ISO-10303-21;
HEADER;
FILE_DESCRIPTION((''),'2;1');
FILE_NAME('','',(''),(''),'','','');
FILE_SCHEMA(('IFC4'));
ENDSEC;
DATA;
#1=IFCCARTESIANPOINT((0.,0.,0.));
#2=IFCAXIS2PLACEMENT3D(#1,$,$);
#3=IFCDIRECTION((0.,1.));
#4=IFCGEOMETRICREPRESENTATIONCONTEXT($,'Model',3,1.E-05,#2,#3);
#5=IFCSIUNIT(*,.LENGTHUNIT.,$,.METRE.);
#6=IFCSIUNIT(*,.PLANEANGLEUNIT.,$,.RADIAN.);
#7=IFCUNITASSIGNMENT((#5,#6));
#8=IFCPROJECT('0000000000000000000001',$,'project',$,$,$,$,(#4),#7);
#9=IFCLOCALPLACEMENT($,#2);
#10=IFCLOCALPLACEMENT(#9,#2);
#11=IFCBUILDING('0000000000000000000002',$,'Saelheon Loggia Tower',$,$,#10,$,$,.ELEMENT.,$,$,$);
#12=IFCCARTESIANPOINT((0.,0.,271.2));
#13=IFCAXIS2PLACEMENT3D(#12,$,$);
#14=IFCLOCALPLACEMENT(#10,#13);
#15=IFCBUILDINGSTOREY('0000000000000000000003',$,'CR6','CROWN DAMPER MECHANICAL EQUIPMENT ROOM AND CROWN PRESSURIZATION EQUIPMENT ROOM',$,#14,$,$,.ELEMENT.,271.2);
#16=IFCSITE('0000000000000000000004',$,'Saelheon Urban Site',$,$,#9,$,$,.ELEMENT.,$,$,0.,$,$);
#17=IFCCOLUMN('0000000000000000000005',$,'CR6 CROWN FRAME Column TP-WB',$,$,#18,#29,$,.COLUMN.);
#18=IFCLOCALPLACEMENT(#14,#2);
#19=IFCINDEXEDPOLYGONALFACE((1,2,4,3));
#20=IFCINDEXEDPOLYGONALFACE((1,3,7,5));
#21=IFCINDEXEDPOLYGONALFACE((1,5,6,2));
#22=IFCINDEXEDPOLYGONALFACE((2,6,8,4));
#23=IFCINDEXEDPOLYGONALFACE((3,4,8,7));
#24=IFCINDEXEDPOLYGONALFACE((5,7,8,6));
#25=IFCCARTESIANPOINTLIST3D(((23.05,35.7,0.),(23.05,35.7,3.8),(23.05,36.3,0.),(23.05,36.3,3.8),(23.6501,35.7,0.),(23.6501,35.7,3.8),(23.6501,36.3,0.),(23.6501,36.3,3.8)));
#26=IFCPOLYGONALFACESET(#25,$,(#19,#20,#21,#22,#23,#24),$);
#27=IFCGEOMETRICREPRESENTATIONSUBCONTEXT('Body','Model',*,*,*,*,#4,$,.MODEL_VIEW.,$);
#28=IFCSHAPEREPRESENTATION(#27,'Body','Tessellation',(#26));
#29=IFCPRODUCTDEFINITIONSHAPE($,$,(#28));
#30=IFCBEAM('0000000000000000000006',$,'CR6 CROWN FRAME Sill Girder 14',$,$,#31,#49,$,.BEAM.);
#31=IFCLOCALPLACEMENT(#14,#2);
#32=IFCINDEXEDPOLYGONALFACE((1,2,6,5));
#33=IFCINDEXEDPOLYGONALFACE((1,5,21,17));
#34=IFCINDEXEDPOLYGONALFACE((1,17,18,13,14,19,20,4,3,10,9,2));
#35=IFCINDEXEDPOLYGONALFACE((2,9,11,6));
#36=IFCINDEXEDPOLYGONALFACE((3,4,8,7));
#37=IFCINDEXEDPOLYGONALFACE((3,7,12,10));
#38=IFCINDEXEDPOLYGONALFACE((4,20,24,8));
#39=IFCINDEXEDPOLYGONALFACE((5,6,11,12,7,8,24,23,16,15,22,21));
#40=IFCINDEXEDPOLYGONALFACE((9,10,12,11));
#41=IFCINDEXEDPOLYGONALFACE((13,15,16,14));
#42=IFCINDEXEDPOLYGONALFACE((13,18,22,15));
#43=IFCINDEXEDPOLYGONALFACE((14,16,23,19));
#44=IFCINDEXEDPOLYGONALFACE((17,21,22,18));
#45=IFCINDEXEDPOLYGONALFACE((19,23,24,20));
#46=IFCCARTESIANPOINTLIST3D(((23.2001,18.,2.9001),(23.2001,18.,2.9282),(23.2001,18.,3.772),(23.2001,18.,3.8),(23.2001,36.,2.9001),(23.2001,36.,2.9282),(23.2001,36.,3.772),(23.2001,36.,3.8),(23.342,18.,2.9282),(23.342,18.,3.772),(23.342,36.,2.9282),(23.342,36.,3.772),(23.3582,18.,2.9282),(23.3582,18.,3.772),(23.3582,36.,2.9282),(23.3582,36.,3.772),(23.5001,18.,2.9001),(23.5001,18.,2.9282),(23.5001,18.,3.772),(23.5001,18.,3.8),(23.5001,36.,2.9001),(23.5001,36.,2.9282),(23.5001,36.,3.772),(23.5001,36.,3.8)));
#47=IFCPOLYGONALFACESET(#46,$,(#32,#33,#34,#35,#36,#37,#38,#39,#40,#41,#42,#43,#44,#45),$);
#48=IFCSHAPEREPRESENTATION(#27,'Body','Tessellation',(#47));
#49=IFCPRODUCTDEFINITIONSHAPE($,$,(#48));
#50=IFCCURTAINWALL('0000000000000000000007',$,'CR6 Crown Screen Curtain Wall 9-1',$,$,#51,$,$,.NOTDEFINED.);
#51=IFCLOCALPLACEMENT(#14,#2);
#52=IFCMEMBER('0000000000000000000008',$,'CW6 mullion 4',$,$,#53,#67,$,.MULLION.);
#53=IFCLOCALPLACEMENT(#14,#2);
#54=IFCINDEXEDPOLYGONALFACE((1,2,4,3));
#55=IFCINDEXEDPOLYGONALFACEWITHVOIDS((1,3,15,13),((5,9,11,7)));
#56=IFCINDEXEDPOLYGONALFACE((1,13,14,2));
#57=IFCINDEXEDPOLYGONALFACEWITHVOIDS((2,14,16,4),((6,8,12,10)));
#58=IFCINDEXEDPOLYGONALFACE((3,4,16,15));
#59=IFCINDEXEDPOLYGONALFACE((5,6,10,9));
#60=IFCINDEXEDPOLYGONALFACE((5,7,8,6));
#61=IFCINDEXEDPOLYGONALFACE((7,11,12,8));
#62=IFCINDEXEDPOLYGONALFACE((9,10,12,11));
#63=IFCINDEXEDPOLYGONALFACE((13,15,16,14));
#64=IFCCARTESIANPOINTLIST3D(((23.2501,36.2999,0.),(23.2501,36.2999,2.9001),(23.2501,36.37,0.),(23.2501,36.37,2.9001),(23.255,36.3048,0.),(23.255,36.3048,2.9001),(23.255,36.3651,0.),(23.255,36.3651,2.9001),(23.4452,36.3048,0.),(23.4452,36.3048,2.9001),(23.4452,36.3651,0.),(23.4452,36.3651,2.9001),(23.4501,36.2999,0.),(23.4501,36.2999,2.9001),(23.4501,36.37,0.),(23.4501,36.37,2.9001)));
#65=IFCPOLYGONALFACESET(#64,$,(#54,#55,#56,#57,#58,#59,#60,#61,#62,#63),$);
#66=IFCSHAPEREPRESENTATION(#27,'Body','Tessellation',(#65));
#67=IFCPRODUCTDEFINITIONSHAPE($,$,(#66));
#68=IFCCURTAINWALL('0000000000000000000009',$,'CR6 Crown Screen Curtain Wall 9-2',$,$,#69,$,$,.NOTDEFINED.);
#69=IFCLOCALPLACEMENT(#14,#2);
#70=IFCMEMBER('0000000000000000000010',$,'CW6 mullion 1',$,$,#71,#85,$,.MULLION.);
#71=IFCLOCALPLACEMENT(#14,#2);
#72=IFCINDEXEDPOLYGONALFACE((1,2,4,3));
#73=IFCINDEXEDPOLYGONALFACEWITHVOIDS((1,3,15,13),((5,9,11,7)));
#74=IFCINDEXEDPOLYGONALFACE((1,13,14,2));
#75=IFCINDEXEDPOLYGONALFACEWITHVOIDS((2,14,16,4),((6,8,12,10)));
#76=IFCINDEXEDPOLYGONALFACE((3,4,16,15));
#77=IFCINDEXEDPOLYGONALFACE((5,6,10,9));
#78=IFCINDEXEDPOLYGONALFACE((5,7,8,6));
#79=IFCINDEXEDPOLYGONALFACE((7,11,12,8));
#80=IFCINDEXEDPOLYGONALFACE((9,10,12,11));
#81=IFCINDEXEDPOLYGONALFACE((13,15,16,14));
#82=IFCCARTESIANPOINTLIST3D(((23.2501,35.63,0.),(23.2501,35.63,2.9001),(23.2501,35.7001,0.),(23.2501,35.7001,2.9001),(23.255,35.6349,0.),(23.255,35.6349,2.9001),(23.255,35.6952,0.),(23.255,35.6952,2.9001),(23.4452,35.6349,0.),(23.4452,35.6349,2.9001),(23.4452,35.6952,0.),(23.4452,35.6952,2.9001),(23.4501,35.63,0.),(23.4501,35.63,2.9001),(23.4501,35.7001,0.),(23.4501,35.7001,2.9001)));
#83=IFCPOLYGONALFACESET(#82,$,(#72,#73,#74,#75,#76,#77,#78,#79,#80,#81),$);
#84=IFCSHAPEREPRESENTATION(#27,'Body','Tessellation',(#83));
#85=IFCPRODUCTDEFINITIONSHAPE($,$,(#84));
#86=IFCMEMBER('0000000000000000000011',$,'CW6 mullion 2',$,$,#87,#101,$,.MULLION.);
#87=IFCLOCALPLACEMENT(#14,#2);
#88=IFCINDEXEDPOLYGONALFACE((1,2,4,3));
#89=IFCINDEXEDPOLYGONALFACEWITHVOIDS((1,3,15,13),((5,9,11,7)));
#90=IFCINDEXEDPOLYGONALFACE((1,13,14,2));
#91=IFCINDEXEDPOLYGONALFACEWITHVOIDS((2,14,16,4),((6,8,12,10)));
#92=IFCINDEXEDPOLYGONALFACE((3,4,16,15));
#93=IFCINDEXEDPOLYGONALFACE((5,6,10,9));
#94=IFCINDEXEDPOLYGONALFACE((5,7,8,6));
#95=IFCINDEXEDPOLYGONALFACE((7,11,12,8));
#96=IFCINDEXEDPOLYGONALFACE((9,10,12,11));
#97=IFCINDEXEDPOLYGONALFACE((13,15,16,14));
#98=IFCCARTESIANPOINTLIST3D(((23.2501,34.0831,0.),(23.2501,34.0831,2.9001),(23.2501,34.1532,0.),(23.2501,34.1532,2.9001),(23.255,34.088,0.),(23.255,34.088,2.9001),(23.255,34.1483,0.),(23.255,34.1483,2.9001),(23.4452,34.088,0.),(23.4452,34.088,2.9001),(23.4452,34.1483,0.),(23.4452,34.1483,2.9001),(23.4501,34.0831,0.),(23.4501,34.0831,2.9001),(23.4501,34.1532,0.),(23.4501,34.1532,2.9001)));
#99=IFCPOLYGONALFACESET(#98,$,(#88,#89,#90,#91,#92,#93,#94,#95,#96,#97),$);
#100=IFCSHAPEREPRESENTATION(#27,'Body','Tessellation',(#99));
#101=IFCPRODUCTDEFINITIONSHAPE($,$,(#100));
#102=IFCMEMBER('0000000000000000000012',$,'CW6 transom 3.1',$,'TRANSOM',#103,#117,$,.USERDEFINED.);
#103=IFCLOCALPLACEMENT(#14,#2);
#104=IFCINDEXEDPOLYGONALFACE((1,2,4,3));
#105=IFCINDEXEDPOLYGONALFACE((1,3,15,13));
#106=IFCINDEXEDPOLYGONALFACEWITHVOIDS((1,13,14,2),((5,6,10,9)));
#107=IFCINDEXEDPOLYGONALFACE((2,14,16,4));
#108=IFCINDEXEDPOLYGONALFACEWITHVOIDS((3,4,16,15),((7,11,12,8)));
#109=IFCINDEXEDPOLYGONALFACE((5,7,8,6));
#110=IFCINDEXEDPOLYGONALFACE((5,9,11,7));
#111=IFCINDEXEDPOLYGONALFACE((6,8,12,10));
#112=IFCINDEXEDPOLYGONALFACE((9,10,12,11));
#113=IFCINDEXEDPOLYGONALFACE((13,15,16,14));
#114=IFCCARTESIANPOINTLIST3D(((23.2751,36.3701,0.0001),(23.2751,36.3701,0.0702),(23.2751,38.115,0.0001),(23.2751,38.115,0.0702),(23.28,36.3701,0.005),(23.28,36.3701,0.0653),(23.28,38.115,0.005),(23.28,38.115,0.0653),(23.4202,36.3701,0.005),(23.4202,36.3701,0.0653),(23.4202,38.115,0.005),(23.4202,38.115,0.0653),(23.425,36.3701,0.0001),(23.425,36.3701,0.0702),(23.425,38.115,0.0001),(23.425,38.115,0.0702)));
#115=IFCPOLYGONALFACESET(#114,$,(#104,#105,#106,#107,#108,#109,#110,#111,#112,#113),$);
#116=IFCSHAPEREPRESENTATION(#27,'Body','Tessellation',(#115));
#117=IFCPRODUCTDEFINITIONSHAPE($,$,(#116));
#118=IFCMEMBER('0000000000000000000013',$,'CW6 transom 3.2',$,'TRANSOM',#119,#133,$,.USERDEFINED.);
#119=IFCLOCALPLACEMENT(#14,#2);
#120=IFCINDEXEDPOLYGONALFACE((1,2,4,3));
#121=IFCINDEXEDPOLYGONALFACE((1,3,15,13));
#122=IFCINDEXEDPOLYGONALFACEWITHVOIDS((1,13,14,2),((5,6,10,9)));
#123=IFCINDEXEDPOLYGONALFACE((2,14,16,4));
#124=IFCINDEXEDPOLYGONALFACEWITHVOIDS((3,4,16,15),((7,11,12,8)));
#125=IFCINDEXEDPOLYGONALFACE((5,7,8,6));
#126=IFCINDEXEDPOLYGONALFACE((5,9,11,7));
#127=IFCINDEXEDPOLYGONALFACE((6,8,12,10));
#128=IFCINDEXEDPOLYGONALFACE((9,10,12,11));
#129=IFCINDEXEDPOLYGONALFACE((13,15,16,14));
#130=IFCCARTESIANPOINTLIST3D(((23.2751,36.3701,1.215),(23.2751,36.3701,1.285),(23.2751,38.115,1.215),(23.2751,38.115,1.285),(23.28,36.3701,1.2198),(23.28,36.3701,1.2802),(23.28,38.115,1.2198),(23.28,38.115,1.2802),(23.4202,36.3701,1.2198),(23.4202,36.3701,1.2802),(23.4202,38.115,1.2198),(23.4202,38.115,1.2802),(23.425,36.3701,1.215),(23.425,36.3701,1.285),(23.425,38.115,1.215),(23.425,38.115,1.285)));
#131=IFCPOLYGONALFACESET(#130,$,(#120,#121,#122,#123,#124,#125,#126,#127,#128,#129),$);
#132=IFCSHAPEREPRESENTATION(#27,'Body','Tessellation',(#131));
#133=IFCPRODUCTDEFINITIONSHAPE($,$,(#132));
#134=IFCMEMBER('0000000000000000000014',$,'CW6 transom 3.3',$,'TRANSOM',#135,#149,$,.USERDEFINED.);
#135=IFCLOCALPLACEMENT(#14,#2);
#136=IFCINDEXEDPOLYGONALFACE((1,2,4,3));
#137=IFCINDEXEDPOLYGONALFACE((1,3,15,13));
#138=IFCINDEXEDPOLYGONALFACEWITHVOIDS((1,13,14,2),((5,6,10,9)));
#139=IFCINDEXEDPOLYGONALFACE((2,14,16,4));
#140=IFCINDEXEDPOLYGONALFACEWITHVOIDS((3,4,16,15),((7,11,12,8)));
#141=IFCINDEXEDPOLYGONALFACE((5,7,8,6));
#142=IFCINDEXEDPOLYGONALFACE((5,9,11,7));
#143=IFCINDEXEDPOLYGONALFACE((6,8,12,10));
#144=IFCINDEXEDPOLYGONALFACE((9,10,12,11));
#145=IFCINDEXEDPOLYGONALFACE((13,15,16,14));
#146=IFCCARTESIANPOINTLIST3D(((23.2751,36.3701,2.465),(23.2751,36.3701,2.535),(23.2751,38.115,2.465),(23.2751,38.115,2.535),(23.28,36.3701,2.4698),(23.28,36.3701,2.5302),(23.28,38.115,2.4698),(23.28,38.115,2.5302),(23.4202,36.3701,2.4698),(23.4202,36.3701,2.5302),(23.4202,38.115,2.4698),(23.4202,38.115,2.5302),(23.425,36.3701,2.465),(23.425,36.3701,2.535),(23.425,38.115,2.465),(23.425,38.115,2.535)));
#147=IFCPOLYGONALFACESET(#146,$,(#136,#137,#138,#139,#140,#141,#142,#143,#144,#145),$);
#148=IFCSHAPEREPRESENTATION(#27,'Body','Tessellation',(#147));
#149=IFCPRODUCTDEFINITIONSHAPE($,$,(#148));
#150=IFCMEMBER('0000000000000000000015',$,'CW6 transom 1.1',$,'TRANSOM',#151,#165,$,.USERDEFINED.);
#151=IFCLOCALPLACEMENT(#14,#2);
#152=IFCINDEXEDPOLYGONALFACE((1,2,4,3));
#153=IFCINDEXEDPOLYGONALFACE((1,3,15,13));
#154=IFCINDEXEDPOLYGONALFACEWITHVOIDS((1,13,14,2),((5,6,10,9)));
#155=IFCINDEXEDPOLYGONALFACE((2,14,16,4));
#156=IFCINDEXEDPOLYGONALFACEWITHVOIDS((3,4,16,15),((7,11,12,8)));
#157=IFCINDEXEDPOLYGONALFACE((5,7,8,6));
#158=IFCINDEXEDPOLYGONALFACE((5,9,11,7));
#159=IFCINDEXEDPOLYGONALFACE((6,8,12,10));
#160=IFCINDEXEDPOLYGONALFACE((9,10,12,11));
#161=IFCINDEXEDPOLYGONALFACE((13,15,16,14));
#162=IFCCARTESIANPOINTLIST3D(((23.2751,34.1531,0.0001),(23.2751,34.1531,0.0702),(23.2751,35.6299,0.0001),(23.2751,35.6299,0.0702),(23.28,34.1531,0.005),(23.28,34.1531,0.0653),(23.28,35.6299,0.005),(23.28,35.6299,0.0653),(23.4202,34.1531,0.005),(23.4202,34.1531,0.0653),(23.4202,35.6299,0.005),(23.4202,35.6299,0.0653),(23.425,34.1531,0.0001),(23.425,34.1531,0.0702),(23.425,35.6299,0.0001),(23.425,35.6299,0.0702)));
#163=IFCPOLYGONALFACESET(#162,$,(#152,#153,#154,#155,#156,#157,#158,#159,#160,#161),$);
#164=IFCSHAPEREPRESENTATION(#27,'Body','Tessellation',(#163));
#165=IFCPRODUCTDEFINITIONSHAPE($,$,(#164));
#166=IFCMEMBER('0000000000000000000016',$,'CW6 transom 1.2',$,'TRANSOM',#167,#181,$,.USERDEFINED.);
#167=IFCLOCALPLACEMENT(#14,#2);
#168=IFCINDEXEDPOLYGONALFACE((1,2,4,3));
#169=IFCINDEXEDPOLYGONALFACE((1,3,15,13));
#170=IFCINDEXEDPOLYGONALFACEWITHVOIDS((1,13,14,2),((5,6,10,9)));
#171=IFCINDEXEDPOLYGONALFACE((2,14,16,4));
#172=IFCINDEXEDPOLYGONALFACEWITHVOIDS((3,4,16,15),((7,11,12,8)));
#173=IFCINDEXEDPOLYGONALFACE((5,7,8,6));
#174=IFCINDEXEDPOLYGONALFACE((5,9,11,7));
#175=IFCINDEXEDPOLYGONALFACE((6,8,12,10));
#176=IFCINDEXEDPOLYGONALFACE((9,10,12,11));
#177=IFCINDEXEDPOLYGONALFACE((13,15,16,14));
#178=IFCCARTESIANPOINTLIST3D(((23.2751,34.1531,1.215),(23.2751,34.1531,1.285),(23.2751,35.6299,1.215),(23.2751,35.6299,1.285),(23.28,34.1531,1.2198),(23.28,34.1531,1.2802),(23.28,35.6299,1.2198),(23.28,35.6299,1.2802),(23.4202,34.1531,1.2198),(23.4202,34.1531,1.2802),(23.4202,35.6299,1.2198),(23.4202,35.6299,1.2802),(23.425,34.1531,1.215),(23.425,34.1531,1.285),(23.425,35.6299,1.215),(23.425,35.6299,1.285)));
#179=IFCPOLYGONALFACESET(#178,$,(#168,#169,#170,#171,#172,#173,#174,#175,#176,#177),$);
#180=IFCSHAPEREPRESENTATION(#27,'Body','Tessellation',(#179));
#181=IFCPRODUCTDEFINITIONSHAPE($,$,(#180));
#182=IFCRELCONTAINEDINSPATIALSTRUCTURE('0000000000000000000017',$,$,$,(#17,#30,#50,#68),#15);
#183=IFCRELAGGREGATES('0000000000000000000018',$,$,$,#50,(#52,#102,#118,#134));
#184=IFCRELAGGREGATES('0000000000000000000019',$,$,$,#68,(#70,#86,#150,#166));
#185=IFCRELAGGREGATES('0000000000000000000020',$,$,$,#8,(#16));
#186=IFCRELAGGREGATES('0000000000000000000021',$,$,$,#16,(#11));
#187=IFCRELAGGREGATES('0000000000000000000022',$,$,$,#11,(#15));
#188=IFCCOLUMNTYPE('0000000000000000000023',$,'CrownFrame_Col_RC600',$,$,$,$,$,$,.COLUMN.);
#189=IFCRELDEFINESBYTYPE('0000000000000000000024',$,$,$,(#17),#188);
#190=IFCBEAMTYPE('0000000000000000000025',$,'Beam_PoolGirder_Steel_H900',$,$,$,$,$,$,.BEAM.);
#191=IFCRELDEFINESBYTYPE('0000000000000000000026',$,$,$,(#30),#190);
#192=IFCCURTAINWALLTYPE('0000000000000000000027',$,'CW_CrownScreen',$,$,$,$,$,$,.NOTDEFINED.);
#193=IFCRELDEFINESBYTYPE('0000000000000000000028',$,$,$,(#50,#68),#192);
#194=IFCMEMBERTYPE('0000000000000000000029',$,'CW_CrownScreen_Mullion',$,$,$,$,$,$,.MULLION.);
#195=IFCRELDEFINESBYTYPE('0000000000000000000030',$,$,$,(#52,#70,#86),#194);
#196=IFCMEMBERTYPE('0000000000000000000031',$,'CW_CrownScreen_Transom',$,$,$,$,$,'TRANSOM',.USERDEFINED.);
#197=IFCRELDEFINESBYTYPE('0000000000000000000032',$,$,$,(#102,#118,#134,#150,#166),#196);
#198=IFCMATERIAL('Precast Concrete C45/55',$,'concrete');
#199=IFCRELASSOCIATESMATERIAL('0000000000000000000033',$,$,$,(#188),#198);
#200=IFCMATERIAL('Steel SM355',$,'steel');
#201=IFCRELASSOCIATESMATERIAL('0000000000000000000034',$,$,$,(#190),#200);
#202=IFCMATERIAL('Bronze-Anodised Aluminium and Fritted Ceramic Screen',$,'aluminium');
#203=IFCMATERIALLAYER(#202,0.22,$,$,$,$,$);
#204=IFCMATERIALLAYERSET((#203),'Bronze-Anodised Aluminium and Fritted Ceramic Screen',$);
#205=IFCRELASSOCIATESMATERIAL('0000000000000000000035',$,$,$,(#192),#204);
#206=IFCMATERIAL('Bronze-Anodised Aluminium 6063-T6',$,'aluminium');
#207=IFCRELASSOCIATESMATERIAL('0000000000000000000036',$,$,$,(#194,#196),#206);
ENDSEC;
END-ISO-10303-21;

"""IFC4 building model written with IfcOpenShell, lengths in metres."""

from ifc_helpers import new_model, si_unit, direction, frame, origin, origin_2d, place, context, subcontext, project, spatial, rectangle, hollow_rectangle, i_section, extrude, source, transform, mapped, material, layer, layer_set, material_profile, profile_set, type_object, element, aggregate, save


model = new_model("IFC4")

# Units and contexts
model_context = context("Model", 3, precision=1e-05, world=origin(), true_north=direction((0.0, 1.0)))
body_context = subcontext(model_context, "Body", "Model", "MODEL_VIEW")
ifc_project = project(units=[si_unit("LENGTHUNIT", "METRE"), si_unit("PLANEANGLEUNIT", "RADIAN")], contexts=[model_context])

# Site, building, storey
site_placement = place(None, origin())
site = spatial("IfcSite", under=ifc_project, at=site_placement, Name="Saelheon Urban Site", CompositionType="ELEMENT", RefElevation=0.0)
building_placement = place(site_placement, origin())
building = spatial("IfcBuilding", under=site, at=building_placement, Name="Saelheon Loggia Tower", CompositionType="ELEMENT")
storey_placement = place(building_placement, frame((0.0, 0.0, 271.2)))
storey = spatial("IfcBuildingStorey", under=building, at=storey_placement, Name="CR6", Description="CROWN DAMPER MECHANICAL EQUIPMENT ROOM AND CROWN PRESSURIZATION EQUIPMENT ROOM", CompositionType="ELEMENT", Elevation=271.2)

# Column
ifc_material_1 = material(Name="Precast Concrete C45/55", Category="concrete")
ifc_material_profile_1 = material_profile(ifc_material_1, rectangle(XDim=0.6001, YDim=0.6001, at=origin_2d()), Name="RC-600x600")
ifc_profile_set_1 = profile_set([ifc_material_profile_1], Name="Precast Concrete C45/55")
column_type = type_object("IfcColumnType", Name="CrownFrame_Col_RC600", PredefinedType="COLUMN", material=ifc_profile_set_1)
shared_shape_1 = source(origin(), body_context, "Body", "SweptSolid", [
    extrude(rectangle(XDim=0.6001, YDim=0.6001, at=origin_2d()), origin(), (0.0, 0.0, 1.0), 3.8),
])
column_placement = place(storey_placement, frame((23.3501, 36.0, 0.0), z_axis=(0.0, 0.0, 1.0), x_axis=(1.0, 0.0, 0.0)))
element("IfcColumn", 1, at=column_placement, inside=storey, type_object=column_type, Name="CR6 CROWN FRAME Column TP-WB", PredefinedType="COLUMN", context=body_context, shape_type="MappedRepresentation", body=[
    mapped(shared_shape_1, transform((0.0, 0.0, 0.0), scale=1.0)),
])

# Beam
ifc_material_2 = material(Name="Steel SM355", Category="steel")
ifc_material_profile_2 = material_profile(ifc_material_2, i_section(OverallWidth=0.3, OverallDepth=0.8999, WebThickness=0.0161, FlangeThickness=0.0281, at=origin_2d()), Name="H-900x300x16x28")
ifc_profile_set_2 = profile_set([ifc_material_profile_2], Name="Steel SM355")
beam_type = type_object("IfcBeamType", Name="Beam_PoolGirder_Steel_H900", PredefinedType="BEAM", material=ifc_profile_set_2)
shared_shape_2 = source(origin(), body_context, "Body", "SweptSolid", [
    extrude(i_section(OverallWidth=0.3, OverallDepth=0.8999, WebThickness=0.0161, FlangeThickness=0.0281, at=origin_2d()), origin(), (0.0, 0.0, 1.0), 18.0),
])
beam_placement = place(storey_placement, frame((23.3501, 36.0, 3.3501), z_axis=(0.0, -1.0, 0.0), x_axis=(1.0, 0.0, 0.0)))
element("IfcBeam", 2, at=beam_placement, inside=storey, type_object=beam_type, Name="CR6 CROWN FRAME Sill Girder 14", PredefinedType="BEAM", context=body_context, shape_type="MappedRepresentation", body=[
    mapped(shared_shape_2, transform((0.0, 0.0, 0.0), scale=1.0)),
])

# Curtain wall, member
ifc_material_3 = material(Name="Bronze-Anodised Aluminium and Fritted Ceramic Screen", Category="aluminium")
ifc_layer_1 = layer(ifc_material_3, 0.22)
ifc_layer_set_1 = layer_set([ifc_layer_1], Name="Bronze-Anodised Aluminium and Fritted Ceramic Screen")
curtain_wall_type = type_object("IfcCurtainWallType", Name="CW_CrownScreen", PredefinedType="NOTDEFINED", material=ifc_layer_set_1)
curtain_wall_1_placement = place(storey_placement, origin())
curtain_wall_1 = element("IfcCurtainWall", 3, at=curtain_wall_1_placement, inside=storey, type_object=curtain_wall_type, Name="CR6 Crown Screen Curtain Wall 9-1", PredefinedType="NOTDEFINED")
ifc_material_4 = material(Name="Bronze-Anodised Aluminium 6063-T6", Category="aluminium")
ifc_material_profile_3 = material_profile(ifc_material_4, hollow_rectangle(XDim=0.0701, YDim=0.2, WallThickness=0.0049, at=origin_2d()), Name="RHS-200x70x5")
ifc_profile_set_3 = profile_set([ifc_material_profile_3], Name="Bronze-Anodised Aluminium 6063-T6")
member_type_1 = type_object("IfcMemberType", Name="CW_CrownScreen_Mullion", PredefinedType="MULLION", material=ifc_profile_set_3)
shared_shape_3 = source(origin(), body_context, "Body", "SweptSolid", [
    extrude(hollow_rectangle(XDim=0.0701, YDim=0.2, WallThickness=0.0049, at=origin_2d()), origin(), (0.0, 0.0, 1.0), 2.9001),
])
member_1_placement = place(storey_placement, frame((23.3501, 36.335, 0.0), z_axis=(0.0, 0.0, 1.0), x_axis=(0.0, -1.0, 0.0)))
member_1 = element("IfcMember", 4, at=member_1_placement, type_object=member_type_1, Name="CW6 mullion 4", PredefinedType="MULLION", context=body_context, shape_type="MappedRepresentation", body=[
    mapped(shared_shape_3, transform((0.0, 0.0, 0.0), scale=1.0)),
])

# Curtain wall, members
curtain_wall_2_placement = place(storey_placement, origin())
curtain_wall_2 = element("IfcCurtainWall", 5, at=curtain_wall_2_placement, inside=storey, type_object=curtain_wall_type, Name="CR6 Crown Screen Curtain Wall 9-2", PredefinedType="NOTDEFINED")
member_2_placement = place(storey_placement, frame((23.3501, 35.665, 0.0), z_axis=(0.0, 0.0, 1.0), x_axis=(0.0, -1.0, 0.0)))
member_2 = element("IfcMember", 6, at=member_2_placement, type_object=member_type_1, Name="CW6 mullion 1", PredefinedType="MULLION", context=body_context, shape_type="MappedRepresentation", body=[
    mapped(shared_shape_3, transform((0.0, 0.0, 0.0), scale=1.0)),
])
member_3_placement = place(storey_placement, frame((23.3501, 34.1182, 0.0), z_axis=(0.0, 0.0, 1.0), x_axis=(0.0, -1.0, 0.0)))
member_3 = element("IfcMember", 7, at=member_3_placement, type_object=member_type_1, Name="CW6 mullion 2", PredefinedType="MULLION", context=body_context, shape_type="MappedRepresentation", body=[
    mapped(shared_shape_3, transform((0.0, 0.0, 0.0), scale=1.0)),
])

# Members
ifc_material_profile_4 = material_profile(ifc_material_4, hollow_rectangle(XDim=0.0701, YDim=0.1499, WallThickness=0.0049, at=origin_2d()), Name="RHS-150x70x5")
ifc_profile_set_4 = profile_set([ifc_material_profile_4], Name="Bronze-Anodised Aluminium 6063-T6")
member_type_2 = type_object("IfcMemberType", Name="CW_CrownScreen_Transom", ElementType="TRANSOM", PredefinedType="USERDEFINED", material=ifc_profile_set_4)
shared_shape_4 = source(origin(), body_context, "Body", "SweptSolid", [
    extrude(hollow_rectangle(XDim=0.0701, YDim=0.1499, WallThickness=0.0049, at=origin_2d()), origin(), (0.0, 0.0, 1.0), 1.7449),
])
member_4_placement = place(storey_placement, frame((23.3501, 38.115, 0.0352), z_axis=(0.0, -1.0, 0.0), x_axis=(0.0, 0.0, 1.0)))
member_4 = element("IfcMember", 8, at=member_4_placement, type_object=member_type_2, Name="CW6 transom 3.1", ObjectType="TRANSOM", PredefinedType="USERDEFINED", context=body_context, shape_type="MappedRepresentation", body=[
    mapped(shared_shape_4, transform((0.0, 0.0, 0.0), scale=1.0)),
])
member_5_placement = place(storey_placement, frame((23.3501, 38.115, 1.25), z_axis=(0.0, -1.0, 0.0), x_axis=(0.0, 0.0, 1.0)))
member_5 = element("IfcMember", 9, at=member_5_placement, type_object=member_type_2, Name="CW6 transom 3.2", ObjectType="TRANSOM", PredefinedType="USERDEFINED", context=body_context, shape_type="MappedRepresentation", body=[
    mapped(shared_shape_4, transform((0.0, 0.0, 0.0), scale=1.0)),
])
member_6_placement = place(storey_placement, frame((23.3501, 38.115, 2.5), z_axis=(0.0, -1.0, 0.0), x_axis=(0.0, 0.0, 1.0)))
member_6 = element("IfcMember", 10, at=member_6_placement, type_object=member_type_2, Name="CW6 transom 3.3", ObjectType="TRANSOM", PredefinedType="USERDEFINED", context=body_context, shape_type="MappedRepresentation", body=[
    mapped(shared_shape_4, transform((0.0, 0.0, 0.0), scale=1.0)),
])
shared_shape_5 = source(origin(), body_context, "Body", "SweptSolid", [
    extrude(hollow_rectangle(XDim=0.0701, YDim=0.1499, WallThickness=0.0049, at=origin_2d()), origin(), (0.0, 0.0, 1.0), 1.4768),
])
member_7_placement = place(storey_placement, frame((23.3501, 35.6299, 0.0352), z_axis=(0.0, -1.0, 0.0), x_axis=(0.0, 0.0, 1.0)))
member_7 = element("IfcMember", 11, at=member_7_placement, type_object=member_type_2, Name="CW6 transom 1.1", ObjectType="TRANSOM", PredefinedType="USERDEFINED", context=body_context, shape_type="MappedRepresentation", body=[
    mapped(shared_shape_5, transform((0.0, 0.0, 0.0), scale=1.0)),
])
member_8_placement = place(storey_placement, frame((23.3501, 35.6299, 1.25), z_axis=(0.0, -1.0, 0.0), x_axis=(0.0, 0.0, 1.0)))
member_8 = element("IfcMember", 12, at=member_8_placement, type_object=member_type_2, Name="CW6 transom 1.2", ObjectType="TRANSOM", PredefinedType="USERDEFINED", context=body_context, shape_type="MappedRepresentation", body=[
    mapped(shared_shape_5, transform((0.0, 0.0, 0.0), scale=1.0)),
])

aggregate(curtain_wall_1, [member_1, member_4, member_5, member_6])
aggregate(curtain_wall_2, [member_2, member_3, member_7, member_8])

save(model, "model.ifc")
